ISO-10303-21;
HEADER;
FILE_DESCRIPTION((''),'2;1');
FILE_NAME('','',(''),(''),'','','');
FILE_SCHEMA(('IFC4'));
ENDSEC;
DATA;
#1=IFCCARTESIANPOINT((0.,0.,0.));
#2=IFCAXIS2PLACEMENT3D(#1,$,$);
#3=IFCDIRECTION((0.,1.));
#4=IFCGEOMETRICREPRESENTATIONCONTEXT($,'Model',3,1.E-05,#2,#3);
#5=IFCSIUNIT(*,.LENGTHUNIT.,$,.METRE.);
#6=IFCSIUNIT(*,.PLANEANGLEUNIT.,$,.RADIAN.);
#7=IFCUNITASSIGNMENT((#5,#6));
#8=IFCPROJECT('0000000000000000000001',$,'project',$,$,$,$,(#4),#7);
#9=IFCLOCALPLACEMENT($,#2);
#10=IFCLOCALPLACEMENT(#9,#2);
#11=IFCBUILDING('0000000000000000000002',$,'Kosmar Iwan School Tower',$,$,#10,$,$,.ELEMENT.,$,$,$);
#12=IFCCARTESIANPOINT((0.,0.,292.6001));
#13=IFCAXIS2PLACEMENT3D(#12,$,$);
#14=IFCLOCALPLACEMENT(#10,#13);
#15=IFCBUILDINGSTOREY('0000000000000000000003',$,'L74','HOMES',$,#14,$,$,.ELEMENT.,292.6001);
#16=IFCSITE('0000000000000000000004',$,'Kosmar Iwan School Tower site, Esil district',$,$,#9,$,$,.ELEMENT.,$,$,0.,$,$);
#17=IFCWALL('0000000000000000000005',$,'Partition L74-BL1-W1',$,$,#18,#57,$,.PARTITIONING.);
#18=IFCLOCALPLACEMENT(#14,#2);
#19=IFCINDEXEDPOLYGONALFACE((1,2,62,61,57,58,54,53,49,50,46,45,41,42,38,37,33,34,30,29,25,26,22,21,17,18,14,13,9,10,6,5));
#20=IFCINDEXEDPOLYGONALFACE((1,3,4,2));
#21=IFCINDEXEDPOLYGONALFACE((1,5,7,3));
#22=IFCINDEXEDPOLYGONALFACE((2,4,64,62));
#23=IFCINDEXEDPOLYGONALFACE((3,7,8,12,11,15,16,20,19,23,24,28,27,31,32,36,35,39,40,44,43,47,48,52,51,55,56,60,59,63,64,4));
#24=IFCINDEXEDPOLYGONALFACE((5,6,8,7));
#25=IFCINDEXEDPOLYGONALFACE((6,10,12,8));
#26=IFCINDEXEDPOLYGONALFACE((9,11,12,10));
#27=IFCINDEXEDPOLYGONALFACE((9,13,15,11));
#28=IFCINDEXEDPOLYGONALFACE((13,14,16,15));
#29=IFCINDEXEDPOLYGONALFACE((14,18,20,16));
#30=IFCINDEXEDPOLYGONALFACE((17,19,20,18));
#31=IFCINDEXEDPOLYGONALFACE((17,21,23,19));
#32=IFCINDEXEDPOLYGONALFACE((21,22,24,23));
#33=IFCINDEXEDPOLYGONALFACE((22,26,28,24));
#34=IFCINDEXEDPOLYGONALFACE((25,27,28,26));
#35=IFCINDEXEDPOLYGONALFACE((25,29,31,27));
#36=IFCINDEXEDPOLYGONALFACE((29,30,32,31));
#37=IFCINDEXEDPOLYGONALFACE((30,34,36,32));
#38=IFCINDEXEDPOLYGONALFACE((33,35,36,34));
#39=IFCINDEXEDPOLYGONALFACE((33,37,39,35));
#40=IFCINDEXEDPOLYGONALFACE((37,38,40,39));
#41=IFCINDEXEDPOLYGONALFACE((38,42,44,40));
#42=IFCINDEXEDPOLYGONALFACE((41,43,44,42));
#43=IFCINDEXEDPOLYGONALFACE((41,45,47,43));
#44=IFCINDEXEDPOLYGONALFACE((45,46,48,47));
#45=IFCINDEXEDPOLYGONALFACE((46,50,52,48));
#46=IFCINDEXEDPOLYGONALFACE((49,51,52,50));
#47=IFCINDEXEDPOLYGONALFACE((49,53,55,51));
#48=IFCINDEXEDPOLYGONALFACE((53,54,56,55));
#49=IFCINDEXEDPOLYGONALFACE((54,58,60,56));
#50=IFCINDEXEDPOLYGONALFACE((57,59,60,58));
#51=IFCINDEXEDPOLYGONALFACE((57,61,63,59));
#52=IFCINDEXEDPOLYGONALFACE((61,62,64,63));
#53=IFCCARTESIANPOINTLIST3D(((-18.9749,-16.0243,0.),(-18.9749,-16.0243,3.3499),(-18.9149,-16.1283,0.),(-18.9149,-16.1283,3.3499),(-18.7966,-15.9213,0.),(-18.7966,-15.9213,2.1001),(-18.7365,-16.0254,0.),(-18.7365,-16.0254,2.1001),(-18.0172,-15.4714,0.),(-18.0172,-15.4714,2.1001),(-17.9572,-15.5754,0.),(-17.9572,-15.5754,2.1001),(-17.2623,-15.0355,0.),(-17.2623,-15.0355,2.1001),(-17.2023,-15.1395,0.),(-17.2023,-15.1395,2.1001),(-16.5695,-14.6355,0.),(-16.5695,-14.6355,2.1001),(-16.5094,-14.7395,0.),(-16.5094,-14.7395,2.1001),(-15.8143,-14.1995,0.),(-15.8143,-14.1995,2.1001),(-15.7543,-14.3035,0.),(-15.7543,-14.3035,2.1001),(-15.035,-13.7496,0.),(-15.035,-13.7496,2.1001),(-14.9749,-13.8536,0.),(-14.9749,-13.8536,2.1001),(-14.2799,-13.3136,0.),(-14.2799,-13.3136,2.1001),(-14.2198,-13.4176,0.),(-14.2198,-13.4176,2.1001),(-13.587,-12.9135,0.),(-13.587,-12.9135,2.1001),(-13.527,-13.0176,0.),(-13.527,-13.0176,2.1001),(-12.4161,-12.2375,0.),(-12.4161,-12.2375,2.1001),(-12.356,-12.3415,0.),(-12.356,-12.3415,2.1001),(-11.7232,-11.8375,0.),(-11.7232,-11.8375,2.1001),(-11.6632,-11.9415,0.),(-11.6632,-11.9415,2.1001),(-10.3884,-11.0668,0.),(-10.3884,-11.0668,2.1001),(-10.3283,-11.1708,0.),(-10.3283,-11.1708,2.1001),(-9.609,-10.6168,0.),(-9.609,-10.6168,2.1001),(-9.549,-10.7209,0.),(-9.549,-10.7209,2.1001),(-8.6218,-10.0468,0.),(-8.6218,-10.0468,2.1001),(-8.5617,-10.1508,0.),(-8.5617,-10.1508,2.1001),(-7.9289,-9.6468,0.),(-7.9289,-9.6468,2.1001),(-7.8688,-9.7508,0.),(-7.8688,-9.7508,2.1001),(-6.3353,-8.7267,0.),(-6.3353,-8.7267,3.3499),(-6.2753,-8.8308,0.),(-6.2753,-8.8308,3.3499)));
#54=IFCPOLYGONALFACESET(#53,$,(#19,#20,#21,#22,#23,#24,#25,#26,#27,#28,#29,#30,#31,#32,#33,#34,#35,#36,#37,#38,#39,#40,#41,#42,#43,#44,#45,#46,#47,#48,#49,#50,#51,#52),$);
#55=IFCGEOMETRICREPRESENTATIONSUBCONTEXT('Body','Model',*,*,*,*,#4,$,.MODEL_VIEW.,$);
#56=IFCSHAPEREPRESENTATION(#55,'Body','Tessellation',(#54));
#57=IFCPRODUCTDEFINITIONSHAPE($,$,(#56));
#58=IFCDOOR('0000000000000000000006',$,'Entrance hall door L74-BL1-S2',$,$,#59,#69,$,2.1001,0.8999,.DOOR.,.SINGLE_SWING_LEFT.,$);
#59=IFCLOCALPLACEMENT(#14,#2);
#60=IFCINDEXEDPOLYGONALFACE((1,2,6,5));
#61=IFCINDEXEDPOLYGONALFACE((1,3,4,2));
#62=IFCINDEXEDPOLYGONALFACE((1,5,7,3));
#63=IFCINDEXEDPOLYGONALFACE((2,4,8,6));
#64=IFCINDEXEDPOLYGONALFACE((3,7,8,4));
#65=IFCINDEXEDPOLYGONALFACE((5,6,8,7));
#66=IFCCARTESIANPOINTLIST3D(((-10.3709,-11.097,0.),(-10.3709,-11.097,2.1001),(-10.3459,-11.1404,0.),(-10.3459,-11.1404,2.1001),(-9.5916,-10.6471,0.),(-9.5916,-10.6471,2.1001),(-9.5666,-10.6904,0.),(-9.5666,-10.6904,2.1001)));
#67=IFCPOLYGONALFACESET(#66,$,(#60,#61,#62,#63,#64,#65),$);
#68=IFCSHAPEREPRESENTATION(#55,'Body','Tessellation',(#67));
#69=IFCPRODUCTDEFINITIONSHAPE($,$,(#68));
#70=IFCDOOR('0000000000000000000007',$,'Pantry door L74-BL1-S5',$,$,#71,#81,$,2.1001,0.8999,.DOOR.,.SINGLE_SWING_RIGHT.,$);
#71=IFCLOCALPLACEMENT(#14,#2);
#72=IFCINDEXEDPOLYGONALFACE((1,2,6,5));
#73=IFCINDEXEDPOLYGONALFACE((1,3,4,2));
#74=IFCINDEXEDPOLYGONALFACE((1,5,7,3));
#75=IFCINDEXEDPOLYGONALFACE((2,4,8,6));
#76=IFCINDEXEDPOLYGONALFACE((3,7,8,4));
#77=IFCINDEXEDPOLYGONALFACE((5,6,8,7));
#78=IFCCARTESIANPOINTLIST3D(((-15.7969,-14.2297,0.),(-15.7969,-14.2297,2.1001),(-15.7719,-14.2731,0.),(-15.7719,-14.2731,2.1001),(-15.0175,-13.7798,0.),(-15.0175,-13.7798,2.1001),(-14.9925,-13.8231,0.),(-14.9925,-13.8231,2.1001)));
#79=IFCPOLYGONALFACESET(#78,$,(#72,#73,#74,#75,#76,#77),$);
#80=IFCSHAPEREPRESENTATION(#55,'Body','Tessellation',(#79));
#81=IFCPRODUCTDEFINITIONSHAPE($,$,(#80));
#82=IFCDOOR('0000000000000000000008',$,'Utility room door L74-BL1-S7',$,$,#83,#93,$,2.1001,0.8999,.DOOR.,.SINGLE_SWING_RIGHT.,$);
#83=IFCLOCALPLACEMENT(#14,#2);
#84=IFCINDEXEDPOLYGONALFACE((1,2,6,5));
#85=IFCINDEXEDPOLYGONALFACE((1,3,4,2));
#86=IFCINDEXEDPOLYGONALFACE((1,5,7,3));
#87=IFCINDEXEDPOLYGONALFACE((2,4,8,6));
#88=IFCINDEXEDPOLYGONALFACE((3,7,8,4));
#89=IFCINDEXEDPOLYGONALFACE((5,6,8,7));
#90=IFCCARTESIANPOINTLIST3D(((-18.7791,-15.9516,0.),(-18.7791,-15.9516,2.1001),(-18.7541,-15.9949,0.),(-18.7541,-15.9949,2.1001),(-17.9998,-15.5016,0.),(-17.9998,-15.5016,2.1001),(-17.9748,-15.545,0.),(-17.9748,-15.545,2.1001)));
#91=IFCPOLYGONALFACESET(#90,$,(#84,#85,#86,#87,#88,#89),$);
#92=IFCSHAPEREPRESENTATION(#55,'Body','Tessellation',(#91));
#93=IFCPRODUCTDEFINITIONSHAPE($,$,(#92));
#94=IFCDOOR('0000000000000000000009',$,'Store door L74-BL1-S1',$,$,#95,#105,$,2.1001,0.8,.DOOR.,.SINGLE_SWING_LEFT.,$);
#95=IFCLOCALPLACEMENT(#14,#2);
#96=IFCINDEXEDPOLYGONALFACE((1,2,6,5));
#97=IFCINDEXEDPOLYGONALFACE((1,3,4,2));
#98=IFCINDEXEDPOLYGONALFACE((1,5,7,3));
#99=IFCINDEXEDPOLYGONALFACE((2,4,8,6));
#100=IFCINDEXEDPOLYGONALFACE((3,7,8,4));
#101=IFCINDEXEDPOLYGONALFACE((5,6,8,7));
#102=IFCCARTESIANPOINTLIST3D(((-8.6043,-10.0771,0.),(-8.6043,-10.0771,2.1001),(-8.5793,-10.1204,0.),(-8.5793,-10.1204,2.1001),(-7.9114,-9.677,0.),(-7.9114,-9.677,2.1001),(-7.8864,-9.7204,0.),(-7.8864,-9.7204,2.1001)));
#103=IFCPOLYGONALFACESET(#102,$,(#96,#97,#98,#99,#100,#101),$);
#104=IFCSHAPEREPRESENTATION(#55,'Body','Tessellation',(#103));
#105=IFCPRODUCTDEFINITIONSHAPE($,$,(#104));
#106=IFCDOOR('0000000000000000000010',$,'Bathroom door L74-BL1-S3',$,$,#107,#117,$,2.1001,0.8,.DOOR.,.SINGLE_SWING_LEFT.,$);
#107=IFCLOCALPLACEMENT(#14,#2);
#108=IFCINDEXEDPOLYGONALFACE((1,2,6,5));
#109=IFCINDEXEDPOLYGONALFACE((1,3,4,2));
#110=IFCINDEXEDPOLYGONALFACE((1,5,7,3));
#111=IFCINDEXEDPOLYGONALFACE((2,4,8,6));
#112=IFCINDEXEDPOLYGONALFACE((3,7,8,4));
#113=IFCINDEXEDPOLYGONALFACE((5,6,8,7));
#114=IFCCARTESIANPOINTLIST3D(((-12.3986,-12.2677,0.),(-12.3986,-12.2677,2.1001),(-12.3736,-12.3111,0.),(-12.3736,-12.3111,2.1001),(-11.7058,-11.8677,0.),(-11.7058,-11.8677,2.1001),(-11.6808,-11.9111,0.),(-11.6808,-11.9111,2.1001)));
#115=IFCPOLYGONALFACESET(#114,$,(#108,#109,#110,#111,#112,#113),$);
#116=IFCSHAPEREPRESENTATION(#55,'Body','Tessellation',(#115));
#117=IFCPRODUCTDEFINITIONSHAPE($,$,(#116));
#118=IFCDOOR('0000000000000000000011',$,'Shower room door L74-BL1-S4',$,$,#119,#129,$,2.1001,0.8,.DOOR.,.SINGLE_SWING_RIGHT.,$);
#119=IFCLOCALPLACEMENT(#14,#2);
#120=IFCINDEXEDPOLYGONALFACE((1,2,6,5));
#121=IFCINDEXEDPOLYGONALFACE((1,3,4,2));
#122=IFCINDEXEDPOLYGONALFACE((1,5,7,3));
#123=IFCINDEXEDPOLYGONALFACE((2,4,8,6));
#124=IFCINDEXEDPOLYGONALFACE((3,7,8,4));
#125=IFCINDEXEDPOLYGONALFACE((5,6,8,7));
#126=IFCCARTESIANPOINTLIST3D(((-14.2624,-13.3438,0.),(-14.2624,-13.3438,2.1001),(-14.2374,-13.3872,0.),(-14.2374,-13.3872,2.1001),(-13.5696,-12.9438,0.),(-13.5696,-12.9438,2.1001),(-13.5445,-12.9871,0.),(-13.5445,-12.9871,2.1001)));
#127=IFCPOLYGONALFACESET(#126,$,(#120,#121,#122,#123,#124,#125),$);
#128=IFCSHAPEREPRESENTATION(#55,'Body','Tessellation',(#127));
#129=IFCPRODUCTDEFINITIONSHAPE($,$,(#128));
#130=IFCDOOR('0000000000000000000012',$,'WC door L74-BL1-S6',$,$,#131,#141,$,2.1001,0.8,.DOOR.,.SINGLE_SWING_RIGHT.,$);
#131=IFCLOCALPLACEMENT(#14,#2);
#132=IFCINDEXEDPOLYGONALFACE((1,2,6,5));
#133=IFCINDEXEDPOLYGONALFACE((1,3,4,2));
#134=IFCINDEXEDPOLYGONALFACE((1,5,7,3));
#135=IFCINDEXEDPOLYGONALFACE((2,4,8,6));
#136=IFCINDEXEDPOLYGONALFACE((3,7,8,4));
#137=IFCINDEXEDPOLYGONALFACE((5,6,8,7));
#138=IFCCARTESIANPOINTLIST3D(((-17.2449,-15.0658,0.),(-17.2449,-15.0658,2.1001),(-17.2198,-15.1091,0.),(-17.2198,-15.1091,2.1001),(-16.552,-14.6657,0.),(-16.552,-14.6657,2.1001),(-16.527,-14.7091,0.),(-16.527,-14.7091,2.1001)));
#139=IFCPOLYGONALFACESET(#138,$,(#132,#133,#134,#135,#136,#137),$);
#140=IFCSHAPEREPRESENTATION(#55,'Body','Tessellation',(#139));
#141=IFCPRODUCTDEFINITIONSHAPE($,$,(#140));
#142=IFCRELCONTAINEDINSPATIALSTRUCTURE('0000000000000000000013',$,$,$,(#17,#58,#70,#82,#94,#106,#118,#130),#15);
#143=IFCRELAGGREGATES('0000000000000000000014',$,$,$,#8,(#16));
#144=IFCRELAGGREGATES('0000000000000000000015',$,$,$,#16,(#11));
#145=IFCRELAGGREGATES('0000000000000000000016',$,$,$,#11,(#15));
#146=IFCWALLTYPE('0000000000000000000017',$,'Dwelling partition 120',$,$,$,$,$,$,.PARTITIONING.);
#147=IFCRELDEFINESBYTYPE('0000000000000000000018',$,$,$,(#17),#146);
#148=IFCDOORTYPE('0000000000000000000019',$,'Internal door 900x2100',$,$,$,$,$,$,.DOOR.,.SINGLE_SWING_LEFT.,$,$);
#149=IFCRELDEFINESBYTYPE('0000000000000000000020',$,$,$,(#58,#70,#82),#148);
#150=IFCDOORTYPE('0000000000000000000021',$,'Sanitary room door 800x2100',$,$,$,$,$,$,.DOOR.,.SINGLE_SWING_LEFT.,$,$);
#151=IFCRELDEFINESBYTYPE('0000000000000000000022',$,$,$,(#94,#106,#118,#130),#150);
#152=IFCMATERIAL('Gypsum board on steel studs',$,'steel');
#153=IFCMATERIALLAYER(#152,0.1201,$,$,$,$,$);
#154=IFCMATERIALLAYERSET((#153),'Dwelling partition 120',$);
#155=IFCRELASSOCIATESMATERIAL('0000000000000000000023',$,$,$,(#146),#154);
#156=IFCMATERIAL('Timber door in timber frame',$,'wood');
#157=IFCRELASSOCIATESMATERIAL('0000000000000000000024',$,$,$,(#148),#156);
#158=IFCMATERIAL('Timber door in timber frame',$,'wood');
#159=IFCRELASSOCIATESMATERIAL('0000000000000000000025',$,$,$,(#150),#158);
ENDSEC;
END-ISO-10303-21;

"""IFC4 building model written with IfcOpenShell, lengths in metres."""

from ifc_helpers import new_model, si_unit, direction, frame, frame_2d, origin, place, context, subcontext, project, spatial, rectangle, extrude, material, layer, layer_set, type_object, element, fill, save


model = new_model("IFC4")

# Units and contexts
model_context = context("Model", 3, precision=1e-05, world=origin(), true_north=direction((0.0, 1.0)))
body_context = subcontext(model_context, "Body", "Model", "MODEL_VIEW")
ifc_project = project(units=[si_unit("LENGTHUNIT", "METRE"), si_unit("PLANEANGLEUNIT", "RADIAN")], contexts=[model_context])

# Site, building, storey
site_placement = place(None, origin())
site = spatial("IfcSite", under=ifc_project, at=site_placement, Name="Kosmar Iwan School Tower site, Esil district", CompositionType="ELEMENT", RefElevation=0.0)
building_placement = place(site_placement, origin())
building = spatial("IfcBuilding", under=site, at=building_placement, Name="Kosmar Iwan School Tower", CompositionType="ELEMENT")
storey_placement = place(building_placement, frame((0.0, 0.0, 292.6001)))
storey = spatial("IfcBuildingStorey", under=building, at=storey_placement, Name="L74", Description="HOMES", CompositionType="ELEMENT", Elevation=292.6001)

# Wall, openings, doors
ifc_material_1 = material(Name="Gypsum board on steel studs", Category="steel")
ifc_layer_1 = layer(ifc_material_1, 0.1201)
ifc_layer_set_1 = layer_set([ifc_layer_1], Name="Dwelling partition 120")
wall_type_1 = type_object("IfcWallType", Name="Dwelling partition 120", PredefinedType="PARTITIONING", material=ifc_layer_set_1)
wall_1_placement = place(storey_placement, frame((-6.3054, -8.7788, 0.0), z_axis=(0.0, 0.0, 1.0), x_axis=(-0.866022, -0.500005, 0.0)))
wall_1 = element("IfcWall", 1, at=wall_1_placement, inside=storey, type_object=wall_type_1, Name="Partition L74-BL1-W1", PredefinedType="PARTITIONING", context=body_context, shape_type="SweptSolid", body=[
    extrude(rectangle(XDim=14.595, YDim=0.1201, at=frame_2d((7.2974, 0.0))), origin(), (0.0, 0.0, 1.0), 3.3499),
])
opening_1_placement = place(wall_1_placement, frame((1.8401, 0.0, 0.0)))
opening_1 = element("IfcOpeningElement", 2, at=opening_1_placement, cuts=wall_1, PredefinedType="OPENING", context=body_context, shape_type="SweptSolid", body=[
    extrude(rectangle(XDim=0.8, YDim=2.1001, at=frame_2d((0.3999, 1.05))), frame((0.0, 0.072, 0.0), z_axis=(0.0, -1.0, 0.0), x_axis=(1.0, 0.0, 0.0)), (0.0, 0.0, 1.0), 0.144),
])
opening_2_placement = place(wall_1_placement, frame((3.78, 0.0, 0.0)))
opening_2 = element("IfcOpeningElement", 3, at=opening_2_placement, cuts=wall_1, PredefinedType="OPENING", context=body_context, shape_type="SweptSolid", body=[
    extrude(rectangle(XDim=0.8999, YDim=2.1001, at=frame_2d((0.45, 1.05))), frame((0.0, 0.072, 0.0), z_axis=(0.0, -1.0, 0.0), x_axis=(1.0, 0.0, 0.0)), (0.0, 0.0, 1.0), 0.144),
])
opening_3_placement = place(wall_1_placement, frame((6.2214, 0.0, 0.0)))
opening_3 = element("IfcOpeningElement", 4, at=opening_3_placement, cuts=wall_1, PredefinedType="OPENING", context=body_context, shape_type="SweptSolid", body=[
    extrude(rectangle(XDim=0.8, YDim=2.1001, at=frame_2d((0.3999, 1.05))), frame((0.0, 0.072, 0.0), z_axis=(0.0, -1.0, 0.0), x_axis=(1.0, 0.0, 0.0)), (0.0, 0.0, 1.0), 0.144),
])
opening_4_placement = place(wall_1_placement, frame((8.3735, 0.0, 0.0)))
opening_4 = element("IfcOpeningElement", 5, at=opening_4_placement, cuts=wall_1, PredefinedType="OPENING", context=body_context, shape_type="SweptSolid", body=[
    extrude(rectangle(XDim=0.8, YDim=2.1001, at=frame_2d((0.3999, 1.05))), frame((0.0, 0.072, 0.0), z_axis=(0.0, -1.0, 0.0), x_axis=(1.0, 0.0, 0.0)), (0.0, 0.0, 1.0), 0.144),
])
opening_5_placement = place(wall_1_placement, frame((10.0454, 0.0, 0.0)))
opening_5 = element("IfcOpeningElement", 6, at=opening_5_placement, cuts=wall_1, PredefinedType="OPENING", context=body_context, shape_type="SweptSolid", body=[
    extrude(rectangle(XDim=0.8999, YDim=2.1001, at=frame_2d((0.45, 1.05))), frame((0.0, 0.072, 0.0), z_axis=(0.0, -1.0, 0.0), x_axis=(1.0, 0.0, 0.0)), (0.0, 0.0, 1.0), 0.144),
])
opening_6_placement = place(wall_1_placement, frame((11.8174, 0.0, 0.0)))
opening_6 = element("IfcOpeningElement", 7, at=opening_6_placement, cuts=wall_1, PredefinedType="OPENING", context=body_context, shape_type="SweptSolid", body=[
    extrude(rectangle(XDim=0.8, YDim=2.1001, at=frame_2d((0.3999, 1.05))), frame((0.0, 0.072, 0.0), z_axis=(0.0, -1.0, 0.0), x_axis=(1.0, 0.0, 0.0)), (0.0, 0.0, 1.0), 0.144),
])
opening_7_placement = place(wall_1_placement, frame((13.489, 0.0, 0.0)))
opening_7 = element("IfcOpeningElement", 8, at=opening_7_placement, cuts=wall_1, PredefinedType="OPENING", context=body_context, shape_type="SweptSolid", body=[
    extrude(rectangle(XDim=0.8999, YDim=2.1001, at=frame_2d((0.45, 1.05))), frame((0.0, 0.072, 0.0), z_axis=(0.0, -1.0, 0.0), x_axis=(1.0, 0.0, 0.0)), (0.0, 0.0, 1.0), 0.144),
])
ifc_material_2 = material(Name="Timber door in timber frame", Category="wood")
door_type_1 = type_object("IfcDoorType", Name="Internal door 900x2100", OperationType="SINGLE_SWING_LEFT", PredefinedType="DOOR", material=ifc_material_2)
door_1_placement = place(opening_2_placement, origin())
door_1 = element("IfcDoor", 9, at=door_1_placement, inside=storey, type_object=door_type_1, Name="Entrance hall door L74-BL1-S2", OperationType="SINGLE_SWING_LEFT", OverallHeight=2.1001, OverallWidth=0.8999, PredefinedType="DOOR", context=body_context, shape_type="SweptSolid", body=[
    extrude(rectangle(XDim=0.8999, YDim=2.1001, at=frame_2d((0.45, 1.05))), frame((0.0, 0.0249, 0.0), z_axis=(0.0, -1.0, 0.0), x_axis=(1.0, 0.0, 0.0)), (0.0, 0.0, 1.0), 0.05),
])
fill(opening_2, door_1)
door_2_placement = place(opening_5_placement, origin())
door_2 = element("IfcDoor", 10, at=door_2_placement, inside=storey, type_object=door_type_1, Name="Pantry door L74-BL1-S5", OperationType="SINGLE_SWING_RIGHT", OverallHeight=2.1001, OverallWidth=0.8999, PredefinedType="DOOR", context=body_context, shape_type="SweptSolid", body=[
    extrude(rectangle(XDim=0.8999, YDim=2.1001, at=frame_2d((0.45, 1.05))), frame((0.0, 0.0249, 0.0), z_axis=(0.0, -1.0, 0.0), x_axis=(1.0, 0.0, 0.0)), (0.0, 0.0, 1.0), 0.05),
])
fill(opening_5, door_2)
door_3_placement = place(opening_7_placement, origin())
door_3 = element("IfcDoor", 11, at=door_3_placement, inside=storey, type_object=door_type_1, Name="Utility room door L74-BL1-S7", OperationType="SINGLE_SWING_RIGHT", OverallHeight=2.1001, OverallWidth=0.8999, PredefinedType="DOOR", context=body_context, shape_type="SweptSolid", body=[
    extrude(rectangle(XDim=0.8999, YDim=2.1001, at=frame_2d((0.45, 1.05))), frame((0.0, 0.0249, 0.0), z_axis=(0.0, -1.0, 0.0), x_axis=(1.0, 0.0, 0.0)), (0.0, 0.0, 1.0), 0.05),
])
fill(opening_7, door_3)
ifc_material_3 = material(Name="Timber door in timber frame", Category="wood")
door_type_2 = type_object("IfcDoorType", Name="Sanitary room door 800x2100", OperationType="SINGLE_SWING_LEFT", PredefinedType="DOOR", material=ifc_material_3)
door_4_placement = place(opening_1_placement, origin())
door_4 = element("IfcDoor", 12, at=door_4_placement, inside=storey, type_object=door_type_2, Name="Store door L74-BL1-S1", OperationType="SINGLE_SWING_LEFT", OverallHeight=2.1001, OverallWidth=0.8, PredefinedType="DOOR", context=body_context, shape_type="SweptSolid", body=[
    extrude(rectangle(XDim=0.8, YDim=2.1001, at=frame_2d((0.3999, 1.05))), frame((0.0, 0.0249, 0.0), z_axis=(0.0, -1.0, 0.0), x_axis=(1.0, 0.0, 0.0)), (0.0, 0.0, 1.0), 0.05),
])
fill(opening_1, door_4)
door_5_placement = place(opening_3_placement, origin())
door_5 = element("IfcDoor", 13, at=door_5_placement, inside=storey, type_object=door_type_2, Name="Bathroom door L74-BL1-S3", OperationType="SINGLE_SWING_LEFT", OverallHeight=2.1001, OverallWidth=0.8, PredefinedType="DOOR", context=body_context, shape_type="SweptSolid", body=[
    extrude(rectangle(XDim=0.8, YDim=2.1001, at=frame_2d((0.3999, 1.05))), frame((0.0, 0.0249, 0.0), z_axis=(0.0, -1.0, 0.0), x_axis=(1.0, 0.0, 0.0)), (0.0, 0.0, 1.0), 0.05),
])
fill(opening_3, door_5)
door_6_placement = place(opening_4_placement, origin())
door_6 = element("IfcDoor", 14, at=door_6_placement, inside=storey, type_object=door_type_2, Name="Shower room door L74-BL1-S4", OperationType="SINGLE_SWING_RIGHT", OverallHeight=2.1001, OverallWidth=0.8, PredefinedType="DOOR", context=body_context, shape_type="SweptSolid", body=[
    extrude(rectangle(XDim=0.8, YDim=2.1001, at=frame_2d((0.3999, 1.05))), frame((0.0, 0.0249, 0.0), z_axis=(0.0, -1.0, 0.0), x_axis=(1.0, 0.0, 0.0)), (0.0, 0.0, 1.0), 0.05),
])
fill(opening_4, door_6)
door_7_placement = place(opening_6_placement, origin())
door_7 = element("IfcDoor", 15, at=door_7_placement, inside=storey, type_object=door_type_2, Name="WC door L74-BL1-S6", OperationType="SINGLE_SWING_RIGHT", OverallHeight=2.1001, OverallWidth=0.8, PredefinedType="DOOR", context=body_context, shape_type="SweptSolid", body=[
    extrude(rectangle(XDim=0.8, YDim=2.1001, at=frame_2d((0.3999, 1.05))), frame((0.0, 0.0249, 0.0), z_axis=(0.0, -1.0, 0.0), x_axis=(1.0, 0.0, 0.0)), (0.0, 0.0, 1.0), 0.05),
])
fill(opening_6, door_7)

save(model, "model.ifc")
